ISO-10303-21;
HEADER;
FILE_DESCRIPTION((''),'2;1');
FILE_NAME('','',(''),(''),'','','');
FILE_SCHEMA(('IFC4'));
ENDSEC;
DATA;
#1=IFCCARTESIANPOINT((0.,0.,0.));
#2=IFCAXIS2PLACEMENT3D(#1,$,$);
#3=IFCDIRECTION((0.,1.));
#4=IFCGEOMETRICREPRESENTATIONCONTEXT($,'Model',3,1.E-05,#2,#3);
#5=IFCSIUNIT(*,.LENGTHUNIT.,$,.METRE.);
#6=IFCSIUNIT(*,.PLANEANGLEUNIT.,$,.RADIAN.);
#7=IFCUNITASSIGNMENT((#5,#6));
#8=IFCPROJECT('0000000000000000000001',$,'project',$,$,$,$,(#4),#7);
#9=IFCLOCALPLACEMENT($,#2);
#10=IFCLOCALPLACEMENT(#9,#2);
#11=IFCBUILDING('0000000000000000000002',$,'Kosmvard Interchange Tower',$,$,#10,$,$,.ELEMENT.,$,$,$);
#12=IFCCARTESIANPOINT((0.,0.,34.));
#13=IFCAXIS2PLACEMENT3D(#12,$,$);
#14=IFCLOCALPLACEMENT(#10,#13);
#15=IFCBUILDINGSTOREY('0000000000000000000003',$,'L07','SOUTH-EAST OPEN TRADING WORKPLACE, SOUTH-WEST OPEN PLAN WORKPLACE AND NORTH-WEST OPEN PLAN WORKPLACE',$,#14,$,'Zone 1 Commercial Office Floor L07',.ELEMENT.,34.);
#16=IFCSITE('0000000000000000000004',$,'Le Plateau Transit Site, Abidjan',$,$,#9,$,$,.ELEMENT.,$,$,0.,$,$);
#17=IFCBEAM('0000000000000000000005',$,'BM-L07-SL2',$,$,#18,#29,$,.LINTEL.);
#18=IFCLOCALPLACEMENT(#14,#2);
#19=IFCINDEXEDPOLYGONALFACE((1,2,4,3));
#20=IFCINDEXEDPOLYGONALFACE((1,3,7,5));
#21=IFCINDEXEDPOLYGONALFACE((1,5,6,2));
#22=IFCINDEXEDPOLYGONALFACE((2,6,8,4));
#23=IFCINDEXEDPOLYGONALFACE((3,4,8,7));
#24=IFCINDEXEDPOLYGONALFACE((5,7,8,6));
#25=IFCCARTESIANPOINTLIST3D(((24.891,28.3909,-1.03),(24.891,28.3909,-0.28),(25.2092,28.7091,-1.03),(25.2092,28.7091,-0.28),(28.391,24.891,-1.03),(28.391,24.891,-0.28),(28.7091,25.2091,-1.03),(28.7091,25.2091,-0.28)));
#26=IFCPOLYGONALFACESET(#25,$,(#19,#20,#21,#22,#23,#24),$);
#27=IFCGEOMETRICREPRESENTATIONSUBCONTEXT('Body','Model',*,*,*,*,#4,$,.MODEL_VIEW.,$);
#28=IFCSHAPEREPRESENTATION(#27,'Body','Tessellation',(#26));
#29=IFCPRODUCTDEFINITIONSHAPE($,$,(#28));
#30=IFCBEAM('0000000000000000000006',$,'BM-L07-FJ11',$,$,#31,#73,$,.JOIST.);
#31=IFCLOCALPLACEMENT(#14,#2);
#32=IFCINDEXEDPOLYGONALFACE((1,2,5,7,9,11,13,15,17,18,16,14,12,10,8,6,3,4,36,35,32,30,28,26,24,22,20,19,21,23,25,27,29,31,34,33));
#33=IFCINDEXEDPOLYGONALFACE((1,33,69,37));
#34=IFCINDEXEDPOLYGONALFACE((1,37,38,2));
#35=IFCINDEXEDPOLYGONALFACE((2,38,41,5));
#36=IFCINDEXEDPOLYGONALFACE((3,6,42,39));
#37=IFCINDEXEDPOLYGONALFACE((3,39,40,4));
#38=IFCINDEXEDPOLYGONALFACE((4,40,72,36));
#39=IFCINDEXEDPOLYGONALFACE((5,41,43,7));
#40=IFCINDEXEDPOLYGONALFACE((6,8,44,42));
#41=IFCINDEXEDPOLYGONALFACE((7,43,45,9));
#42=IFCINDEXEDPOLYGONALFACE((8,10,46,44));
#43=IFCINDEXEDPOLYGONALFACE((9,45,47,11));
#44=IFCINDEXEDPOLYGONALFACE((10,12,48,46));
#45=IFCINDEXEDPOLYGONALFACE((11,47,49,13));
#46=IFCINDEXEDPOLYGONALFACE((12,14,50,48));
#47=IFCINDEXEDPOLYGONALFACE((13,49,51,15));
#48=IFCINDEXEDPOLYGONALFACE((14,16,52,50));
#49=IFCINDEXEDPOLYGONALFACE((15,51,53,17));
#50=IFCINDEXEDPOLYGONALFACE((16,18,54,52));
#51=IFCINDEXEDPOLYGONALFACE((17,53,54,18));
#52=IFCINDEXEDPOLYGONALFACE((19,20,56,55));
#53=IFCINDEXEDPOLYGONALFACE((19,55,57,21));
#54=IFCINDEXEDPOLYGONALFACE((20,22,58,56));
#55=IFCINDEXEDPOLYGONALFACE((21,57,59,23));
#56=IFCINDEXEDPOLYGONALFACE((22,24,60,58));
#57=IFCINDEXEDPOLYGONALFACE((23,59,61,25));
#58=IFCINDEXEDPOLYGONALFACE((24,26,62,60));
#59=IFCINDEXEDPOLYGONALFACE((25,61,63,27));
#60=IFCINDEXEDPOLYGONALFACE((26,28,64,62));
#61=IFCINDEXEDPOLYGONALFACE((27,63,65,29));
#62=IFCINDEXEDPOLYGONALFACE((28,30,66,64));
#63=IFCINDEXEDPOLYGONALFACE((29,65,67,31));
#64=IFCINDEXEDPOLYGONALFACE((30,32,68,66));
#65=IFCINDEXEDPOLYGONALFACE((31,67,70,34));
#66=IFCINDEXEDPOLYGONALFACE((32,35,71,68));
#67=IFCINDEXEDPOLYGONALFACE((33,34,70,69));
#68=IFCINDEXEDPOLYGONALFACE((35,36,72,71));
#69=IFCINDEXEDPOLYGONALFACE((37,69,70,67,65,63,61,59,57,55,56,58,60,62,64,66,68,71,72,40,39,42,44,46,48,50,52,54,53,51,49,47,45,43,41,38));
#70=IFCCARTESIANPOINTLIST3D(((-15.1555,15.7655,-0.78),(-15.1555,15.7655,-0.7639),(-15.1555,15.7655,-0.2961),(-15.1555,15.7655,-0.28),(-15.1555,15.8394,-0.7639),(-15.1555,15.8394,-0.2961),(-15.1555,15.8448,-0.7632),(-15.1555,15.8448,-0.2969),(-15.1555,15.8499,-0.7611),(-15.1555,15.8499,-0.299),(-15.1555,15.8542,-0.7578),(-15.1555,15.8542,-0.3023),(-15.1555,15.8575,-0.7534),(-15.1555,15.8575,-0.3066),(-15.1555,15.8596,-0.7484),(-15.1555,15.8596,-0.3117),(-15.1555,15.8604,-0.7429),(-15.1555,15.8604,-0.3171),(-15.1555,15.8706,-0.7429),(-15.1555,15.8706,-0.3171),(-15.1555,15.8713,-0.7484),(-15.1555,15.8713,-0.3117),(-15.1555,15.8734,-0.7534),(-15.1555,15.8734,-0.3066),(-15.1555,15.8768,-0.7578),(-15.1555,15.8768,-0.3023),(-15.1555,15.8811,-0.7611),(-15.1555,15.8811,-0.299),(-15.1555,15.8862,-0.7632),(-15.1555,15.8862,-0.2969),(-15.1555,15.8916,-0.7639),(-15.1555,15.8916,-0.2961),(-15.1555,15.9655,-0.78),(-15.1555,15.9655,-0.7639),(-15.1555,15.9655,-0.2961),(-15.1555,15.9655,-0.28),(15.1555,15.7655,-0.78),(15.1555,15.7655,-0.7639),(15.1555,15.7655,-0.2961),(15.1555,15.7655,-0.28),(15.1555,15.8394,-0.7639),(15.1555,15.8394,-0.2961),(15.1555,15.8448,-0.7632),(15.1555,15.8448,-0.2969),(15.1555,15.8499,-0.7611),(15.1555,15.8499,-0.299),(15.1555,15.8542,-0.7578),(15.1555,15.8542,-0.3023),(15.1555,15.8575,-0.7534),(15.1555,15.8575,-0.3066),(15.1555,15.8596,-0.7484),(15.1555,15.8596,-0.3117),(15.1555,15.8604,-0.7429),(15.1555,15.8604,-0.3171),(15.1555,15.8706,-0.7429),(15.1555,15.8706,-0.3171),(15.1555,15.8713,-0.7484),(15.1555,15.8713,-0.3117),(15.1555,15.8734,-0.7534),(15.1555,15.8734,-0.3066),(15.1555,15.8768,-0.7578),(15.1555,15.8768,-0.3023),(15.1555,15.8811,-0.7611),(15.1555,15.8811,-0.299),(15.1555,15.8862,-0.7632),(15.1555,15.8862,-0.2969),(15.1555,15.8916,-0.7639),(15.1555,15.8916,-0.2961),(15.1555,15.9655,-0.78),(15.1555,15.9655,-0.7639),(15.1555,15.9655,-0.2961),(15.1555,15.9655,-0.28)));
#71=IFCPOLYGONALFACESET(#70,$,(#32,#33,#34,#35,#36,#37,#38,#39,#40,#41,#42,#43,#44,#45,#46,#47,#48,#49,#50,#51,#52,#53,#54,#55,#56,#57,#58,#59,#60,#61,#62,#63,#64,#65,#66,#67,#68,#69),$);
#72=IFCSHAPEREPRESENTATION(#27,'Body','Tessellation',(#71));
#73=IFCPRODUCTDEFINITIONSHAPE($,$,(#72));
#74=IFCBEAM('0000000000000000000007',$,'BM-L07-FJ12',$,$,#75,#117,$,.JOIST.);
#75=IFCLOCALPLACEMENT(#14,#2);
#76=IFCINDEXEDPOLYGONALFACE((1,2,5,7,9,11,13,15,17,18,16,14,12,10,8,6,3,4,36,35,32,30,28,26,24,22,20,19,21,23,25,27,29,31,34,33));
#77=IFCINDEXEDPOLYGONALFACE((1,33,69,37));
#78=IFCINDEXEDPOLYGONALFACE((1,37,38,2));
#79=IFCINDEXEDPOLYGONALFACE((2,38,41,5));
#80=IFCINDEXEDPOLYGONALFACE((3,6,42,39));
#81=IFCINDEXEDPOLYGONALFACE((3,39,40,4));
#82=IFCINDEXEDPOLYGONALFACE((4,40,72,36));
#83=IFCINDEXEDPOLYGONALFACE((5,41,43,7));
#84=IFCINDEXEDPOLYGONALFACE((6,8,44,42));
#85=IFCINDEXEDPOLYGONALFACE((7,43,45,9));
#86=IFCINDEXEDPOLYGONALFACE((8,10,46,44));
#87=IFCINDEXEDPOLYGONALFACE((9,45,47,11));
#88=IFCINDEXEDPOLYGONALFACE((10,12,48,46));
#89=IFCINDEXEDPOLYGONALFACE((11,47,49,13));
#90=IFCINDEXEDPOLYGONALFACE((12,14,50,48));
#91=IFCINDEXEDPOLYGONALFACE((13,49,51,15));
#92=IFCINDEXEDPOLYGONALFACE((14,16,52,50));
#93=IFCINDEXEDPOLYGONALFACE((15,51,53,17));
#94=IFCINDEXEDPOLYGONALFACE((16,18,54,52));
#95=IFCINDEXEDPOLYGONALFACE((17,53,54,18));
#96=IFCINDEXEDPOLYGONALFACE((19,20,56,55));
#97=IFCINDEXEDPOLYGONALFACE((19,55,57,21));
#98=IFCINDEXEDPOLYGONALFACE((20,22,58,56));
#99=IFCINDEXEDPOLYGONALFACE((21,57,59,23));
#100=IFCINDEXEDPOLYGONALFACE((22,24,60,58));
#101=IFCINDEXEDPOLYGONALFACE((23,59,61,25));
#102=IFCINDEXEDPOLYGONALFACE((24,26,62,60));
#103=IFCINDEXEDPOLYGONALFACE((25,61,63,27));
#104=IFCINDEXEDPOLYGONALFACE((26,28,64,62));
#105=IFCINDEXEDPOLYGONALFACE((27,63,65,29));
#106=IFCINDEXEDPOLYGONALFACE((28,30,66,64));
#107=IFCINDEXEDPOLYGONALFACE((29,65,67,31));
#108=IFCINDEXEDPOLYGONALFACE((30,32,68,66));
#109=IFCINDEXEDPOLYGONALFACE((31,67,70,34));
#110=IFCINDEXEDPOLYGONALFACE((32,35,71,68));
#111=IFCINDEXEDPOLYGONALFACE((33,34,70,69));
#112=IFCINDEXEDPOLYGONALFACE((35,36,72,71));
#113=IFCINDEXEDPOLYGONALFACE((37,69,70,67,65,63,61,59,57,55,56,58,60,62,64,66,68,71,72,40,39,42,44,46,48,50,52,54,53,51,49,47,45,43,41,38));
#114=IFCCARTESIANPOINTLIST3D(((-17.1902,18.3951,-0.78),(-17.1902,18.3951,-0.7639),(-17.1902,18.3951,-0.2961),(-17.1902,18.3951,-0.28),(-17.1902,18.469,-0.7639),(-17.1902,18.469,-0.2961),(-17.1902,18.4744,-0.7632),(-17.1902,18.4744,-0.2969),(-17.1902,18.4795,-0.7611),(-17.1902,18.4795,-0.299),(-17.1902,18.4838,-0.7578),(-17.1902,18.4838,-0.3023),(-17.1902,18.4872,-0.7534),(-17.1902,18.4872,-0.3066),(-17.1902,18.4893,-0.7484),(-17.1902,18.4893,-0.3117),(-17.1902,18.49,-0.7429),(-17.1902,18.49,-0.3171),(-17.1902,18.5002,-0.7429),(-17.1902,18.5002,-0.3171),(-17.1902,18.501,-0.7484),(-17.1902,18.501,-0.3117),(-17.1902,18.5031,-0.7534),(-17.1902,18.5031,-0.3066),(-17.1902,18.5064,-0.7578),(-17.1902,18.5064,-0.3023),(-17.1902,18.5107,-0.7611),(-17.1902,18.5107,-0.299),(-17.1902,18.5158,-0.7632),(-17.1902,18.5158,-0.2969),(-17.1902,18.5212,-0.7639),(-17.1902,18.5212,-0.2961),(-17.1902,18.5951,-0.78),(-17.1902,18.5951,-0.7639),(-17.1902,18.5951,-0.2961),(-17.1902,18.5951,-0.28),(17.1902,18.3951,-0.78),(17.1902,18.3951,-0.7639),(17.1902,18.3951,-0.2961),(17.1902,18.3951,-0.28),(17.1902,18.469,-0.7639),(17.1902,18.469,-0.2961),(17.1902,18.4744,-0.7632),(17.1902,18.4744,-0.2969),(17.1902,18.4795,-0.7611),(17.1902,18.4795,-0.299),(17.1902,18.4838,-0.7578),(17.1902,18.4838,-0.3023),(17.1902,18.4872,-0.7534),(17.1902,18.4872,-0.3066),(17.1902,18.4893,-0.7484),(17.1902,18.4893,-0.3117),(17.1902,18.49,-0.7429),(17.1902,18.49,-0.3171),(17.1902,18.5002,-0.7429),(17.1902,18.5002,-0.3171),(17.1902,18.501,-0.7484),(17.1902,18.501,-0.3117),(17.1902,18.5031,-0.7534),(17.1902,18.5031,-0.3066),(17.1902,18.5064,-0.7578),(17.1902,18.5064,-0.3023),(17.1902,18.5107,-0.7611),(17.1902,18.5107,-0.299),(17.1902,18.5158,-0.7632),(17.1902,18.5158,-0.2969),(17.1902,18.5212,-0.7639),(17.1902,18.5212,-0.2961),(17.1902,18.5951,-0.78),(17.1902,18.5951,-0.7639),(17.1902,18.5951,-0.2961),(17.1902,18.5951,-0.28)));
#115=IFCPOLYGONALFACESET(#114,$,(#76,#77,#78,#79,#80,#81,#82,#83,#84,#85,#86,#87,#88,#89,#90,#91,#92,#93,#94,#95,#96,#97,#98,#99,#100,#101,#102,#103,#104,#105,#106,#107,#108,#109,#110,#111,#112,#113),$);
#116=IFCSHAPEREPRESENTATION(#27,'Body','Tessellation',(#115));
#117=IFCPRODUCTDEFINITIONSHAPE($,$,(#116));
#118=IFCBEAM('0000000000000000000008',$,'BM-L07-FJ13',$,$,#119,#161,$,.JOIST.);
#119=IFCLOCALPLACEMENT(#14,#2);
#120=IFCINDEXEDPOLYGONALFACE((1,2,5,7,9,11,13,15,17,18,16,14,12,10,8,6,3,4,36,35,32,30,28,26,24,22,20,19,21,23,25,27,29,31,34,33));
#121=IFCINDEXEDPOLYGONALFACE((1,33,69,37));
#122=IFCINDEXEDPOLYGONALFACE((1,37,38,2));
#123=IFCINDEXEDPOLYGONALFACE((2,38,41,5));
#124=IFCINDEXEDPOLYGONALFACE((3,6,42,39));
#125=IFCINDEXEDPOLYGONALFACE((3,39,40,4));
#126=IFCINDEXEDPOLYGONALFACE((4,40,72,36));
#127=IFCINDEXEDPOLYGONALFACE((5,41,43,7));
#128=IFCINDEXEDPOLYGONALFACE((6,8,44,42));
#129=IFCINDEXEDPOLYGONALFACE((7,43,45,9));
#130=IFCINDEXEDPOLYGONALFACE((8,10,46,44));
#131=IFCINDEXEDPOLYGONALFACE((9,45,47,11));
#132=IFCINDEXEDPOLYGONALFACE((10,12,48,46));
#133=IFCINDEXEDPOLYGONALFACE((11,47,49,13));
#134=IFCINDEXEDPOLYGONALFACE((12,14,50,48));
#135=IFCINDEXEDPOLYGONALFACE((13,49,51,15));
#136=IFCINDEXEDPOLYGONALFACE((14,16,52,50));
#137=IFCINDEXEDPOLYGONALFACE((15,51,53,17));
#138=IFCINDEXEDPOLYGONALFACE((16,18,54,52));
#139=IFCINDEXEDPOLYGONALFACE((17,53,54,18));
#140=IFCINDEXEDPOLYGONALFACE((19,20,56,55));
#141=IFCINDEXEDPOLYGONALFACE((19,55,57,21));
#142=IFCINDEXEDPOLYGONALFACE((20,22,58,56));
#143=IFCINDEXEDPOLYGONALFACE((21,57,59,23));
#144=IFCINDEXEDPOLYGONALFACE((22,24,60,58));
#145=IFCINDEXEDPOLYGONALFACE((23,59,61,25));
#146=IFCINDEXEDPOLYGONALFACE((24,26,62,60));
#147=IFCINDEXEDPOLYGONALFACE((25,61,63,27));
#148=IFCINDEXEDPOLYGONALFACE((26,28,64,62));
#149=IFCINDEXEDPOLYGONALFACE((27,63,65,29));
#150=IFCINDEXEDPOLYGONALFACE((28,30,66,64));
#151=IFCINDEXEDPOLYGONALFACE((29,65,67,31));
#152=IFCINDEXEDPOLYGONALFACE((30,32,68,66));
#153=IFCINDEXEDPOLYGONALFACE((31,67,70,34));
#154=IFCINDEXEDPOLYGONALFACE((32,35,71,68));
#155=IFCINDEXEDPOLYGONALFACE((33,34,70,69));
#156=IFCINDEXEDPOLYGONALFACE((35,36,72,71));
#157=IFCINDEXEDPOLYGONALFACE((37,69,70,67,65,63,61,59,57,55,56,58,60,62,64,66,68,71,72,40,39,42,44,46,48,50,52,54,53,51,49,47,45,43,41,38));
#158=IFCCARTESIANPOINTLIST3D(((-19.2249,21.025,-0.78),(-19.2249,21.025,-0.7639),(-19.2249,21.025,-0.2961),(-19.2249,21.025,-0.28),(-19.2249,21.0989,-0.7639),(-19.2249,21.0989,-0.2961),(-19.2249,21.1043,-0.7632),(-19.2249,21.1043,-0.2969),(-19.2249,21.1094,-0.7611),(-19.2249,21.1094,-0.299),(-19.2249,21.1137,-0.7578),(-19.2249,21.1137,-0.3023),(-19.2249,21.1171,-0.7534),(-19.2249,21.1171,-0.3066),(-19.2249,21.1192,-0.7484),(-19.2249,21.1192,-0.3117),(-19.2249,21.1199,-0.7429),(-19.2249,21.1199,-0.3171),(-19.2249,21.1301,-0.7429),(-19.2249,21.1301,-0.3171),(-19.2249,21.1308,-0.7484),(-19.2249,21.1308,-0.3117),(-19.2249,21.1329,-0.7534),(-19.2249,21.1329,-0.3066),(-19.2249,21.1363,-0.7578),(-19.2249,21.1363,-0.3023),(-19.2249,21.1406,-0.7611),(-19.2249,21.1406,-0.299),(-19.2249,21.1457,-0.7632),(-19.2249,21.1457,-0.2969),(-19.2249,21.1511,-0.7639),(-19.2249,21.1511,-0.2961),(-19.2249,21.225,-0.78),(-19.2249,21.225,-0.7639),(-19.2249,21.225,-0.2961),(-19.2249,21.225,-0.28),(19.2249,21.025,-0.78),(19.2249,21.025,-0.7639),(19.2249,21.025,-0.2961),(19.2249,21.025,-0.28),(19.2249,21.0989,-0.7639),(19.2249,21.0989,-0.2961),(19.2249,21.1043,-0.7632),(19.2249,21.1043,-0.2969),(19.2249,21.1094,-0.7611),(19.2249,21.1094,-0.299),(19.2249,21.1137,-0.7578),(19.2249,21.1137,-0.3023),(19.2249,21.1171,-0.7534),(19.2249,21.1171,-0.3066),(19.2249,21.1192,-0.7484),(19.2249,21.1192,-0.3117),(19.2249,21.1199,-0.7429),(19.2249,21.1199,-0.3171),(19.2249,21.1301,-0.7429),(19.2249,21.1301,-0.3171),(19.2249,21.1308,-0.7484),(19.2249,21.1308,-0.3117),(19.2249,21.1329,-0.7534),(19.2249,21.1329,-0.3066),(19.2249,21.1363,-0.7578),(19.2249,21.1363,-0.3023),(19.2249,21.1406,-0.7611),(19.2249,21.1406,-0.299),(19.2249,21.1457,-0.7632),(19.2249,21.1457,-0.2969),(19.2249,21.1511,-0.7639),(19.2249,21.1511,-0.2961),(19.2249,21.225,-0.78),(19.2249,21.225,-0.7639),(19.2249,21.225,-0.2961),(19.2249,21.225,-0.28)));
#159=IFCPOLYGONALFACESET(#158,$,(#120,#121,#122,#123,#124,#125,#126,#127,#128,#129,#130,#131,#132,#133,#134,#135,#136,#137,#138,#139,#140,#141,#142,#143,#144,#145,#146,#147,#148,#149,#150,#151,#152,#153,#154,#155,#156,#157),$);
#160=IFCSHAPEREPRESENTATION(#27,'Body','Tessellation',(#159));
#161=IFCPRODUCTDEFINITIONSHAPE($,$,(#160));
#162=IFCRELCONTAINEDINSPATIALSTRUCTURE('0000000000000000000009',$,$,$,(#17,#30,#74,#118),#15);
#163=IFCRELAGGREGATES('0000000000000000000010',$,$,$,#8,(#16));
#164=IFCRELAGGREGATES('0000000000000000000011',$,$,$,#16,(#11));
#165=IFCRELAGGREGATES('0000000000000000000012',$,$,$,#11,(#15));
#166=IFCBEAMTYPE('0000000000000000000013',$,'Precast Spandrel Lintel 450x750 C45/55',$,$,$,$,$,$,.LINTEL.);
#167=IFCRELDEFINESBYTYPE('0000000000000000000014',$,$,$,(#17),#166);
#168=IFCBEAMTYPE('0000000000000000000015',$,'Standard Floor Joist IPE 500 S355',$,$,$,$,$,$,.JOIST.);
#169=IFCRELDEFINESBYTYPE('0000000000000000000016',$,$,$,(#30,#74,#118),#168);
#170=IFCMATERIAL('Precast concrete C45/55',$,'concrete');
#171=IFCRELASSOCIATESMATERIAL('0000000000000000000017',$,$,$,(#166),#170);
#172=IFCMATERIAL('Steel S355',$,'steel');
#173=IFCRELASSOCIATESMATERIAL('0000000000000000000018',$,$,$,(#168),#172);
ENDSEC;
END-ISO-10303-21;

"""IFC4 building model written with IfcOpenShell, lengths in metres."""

from ifc_helpers import new_model, si_unit, direction, frame, origin, origin_2d, place, context, subcontext, project, spatial, rectangle, i_section, extrude, source, transform, mapped, material, material_profile, profile_set, type_object, element, save


model = new_model("IFC4")

# Units and contexts
model_context = context("Model", 3, precision=1e-05, world=origin(), true_north=direction((0.0, 1.0)))
body_context = subcontext(model_context, "Body", "Model", "MODEL_VIEW")
ifc_project = project(units=[si_unit("LENGTHUNIT", "METRE"), si_unit("PLANEANGLEUNIT", "RADIAN")], contexts=[model_context])

# Site, building, storey
site_placement = place(None, origin())
site = spatial("IfcSite", under=ifc_project, at=site_placement, Name="Le Plateau Transit Site, Abidjan", CompositionType="ELEMENT", RefElevation=0.0)
building_placement = place(site_placement, origin())
building = spatial("IfcBuilding", under=site, at=building_placement, Name="Kosmvard Interchange Tower", CompositionType="ELEMENT")
storey_placement = place(building_placement, frame((0.0, 0.0, 34.0)))
storey = spatial("IfcBuildingStorey", under=building, at=storey_placement, Name="L07", Description="SOUTH-EAST OPEN TRADING WORKPLACE, SOUTH-WEST OPEN PLAN WORKPLACE AND NORTH-WEST OPEN PLAN WORKPLACE", LongName="Zone 1 Commercial Office Floor L07", CompositionType="ELEMENT", Elevation=34.0)

# Beams
ifc_material_1 = material(Name="Steel S355", Category="steel")
ifc_material_2 = material(Name="Precast concrete C45/55", Category="concrete")
ifc_material_profile_1 = material_profile(ifc_material_2, rectangle(XDim=0.45, YDim=0.75, at=origin_2d()), Name="SL 450x750")
ifc_profile_set_1 = profile_set([ifc_material_profile_1], Name="Precast concrete C45/55")
beam_type_1 = type_object("IfcBeamType", Name="Precast Spandrel Lintel 450x750 C45/55", PredefinedType="LINTEL", material=ifc_profile_set_1)
shared_shape_1 = source(origin(), body_context, "Body", "SweptSolid", [
    extrude(rectangle(XDim=0.45, YDim=0.75, at=origin_2d()), origin(), (0.0, 0.0, 1.0), 4.9497),
])
beam_1_placement = place(storey_placement, frame((28.55, 25.05, -0.655), z_axis=(-0.707107, 0.707107, 0.0), x_axis=(-0.707107, -0.707107, 0.0)))
element("IfcBeam", 1, at=beam_1_placement, inside=storey, type_object=beam_type_1, Name="BM-L07-SL2", PredefinedType="LINTEL", context=body_context, shape_type="MappedRepresentation", body=[
    mapped(shared_shape_1, transform((0.0, 0.0, 0.0), scale=1.0)),
])
ifc_material_profile_2 = material_profile(ifc_material_1, i_section(OverallWidth=0.2, OverallDepth=0.5, WebThickness=0.0103, FlangeThickness=0.0161, FilletRadius=0.021, at=origin_2d()), Name="IPE 500")
ifc_profile_set_2 = profile_set([ifc_material_profile_2], Name="Steel S355")
beam_type_2 = type_object("IfcBeamType", Name="Standard Floor Joist IPE 500 S355", PredefinedType="JOIST", material=ifc_profile_set_2)
shared_shape_2 = source(origin(), body_context, "Body", "SweptSolid", [
    extrude(i_section(OverallWidth=0.2, OverallDepth=0.5, WebThickness=0.0103, FlangeThickness=0.0161, FilletRadius=0.021, at=origin_2d()), origin(), (0.0, 0.0, 1.0), 30.311),
])
beam_2_placement = place(storey_placement, frame((15.1555, 15.8655, -0.53), z_axis=(-1.0, 0.0, 0.0), x_axis=(0.0, -1.0, 0.0)))
element("IfcBeam", 2, at=beam_2_placement, inside=storey, type_object=beam_type_2, Name="BM-L07-FJ11", PredefinedType="JOIST", context=body_context, shape_type="MappedRepresentation", body=[
    mapped(shared_shape_2, transform((0.0, 0.0, 0.0), scale=1.0)),
])
shared_shape_3 = source(origin(), body_context, "Body", "SweptSolid", [
    extrude(i_section(OverallWidth=0.2, OverallDepth=0.5, WebThickness=0.0103, FlangeThickness=0.0161, FilletRadius=0.021, at=origin_2d()), origin(), (0.0, 0.0, 1.0), 34.3804),
])
beam_3_placement = place(storey_placement, frame((17.1902, 18.4951, -0.53), z_axis=(-1.0, 0.0, 0.0), x_axis=(0.0, -1.0, 0.0)))
element("IfcBeam", 3, at=beam_3_placement, inside=storey, type_object=beam_type_2, Name="BM-L07-FJ12", PredefinedType="JOIST", context=body_context, shape_type="MappedRepresentation", body=[
    mapped(shared_shape_3, transform((0.0, 0.0, 0.0), scale=1.0)),
])
shared_shape_4 = source(origin(), body_context, "Body", "SweptSolid", [
    extrude(i_section(OverallWidth=0.2, OverallDepth=0.5, WebThickness=0.0103, FlangeThickness=0.0161, FilletRadius=0.021, at=origin_2d()), origin(), (0.0, 0.0, 1.0), 38.4497),
])
beam_4_placement = place(storey_placement, frame((19.2249, 21.125, -0.53), z_axis=(-1.0, 0.0, 0.0), x_axis=(0.0, -1.0, 0.0)))
element("IfcBeam", 4, at=beam_4_placement, inside=storey, type_object=beam_type_2, Name="BM-L07-FJ13", PredefinedType="JOIST", context=body_context, shape_type="MappedRepresentation", body=[
    mapped(shared_shape_4, transform((0.0, 0.0, 0.0), scale=1.0)),
])

save(model, "model.ifc")
